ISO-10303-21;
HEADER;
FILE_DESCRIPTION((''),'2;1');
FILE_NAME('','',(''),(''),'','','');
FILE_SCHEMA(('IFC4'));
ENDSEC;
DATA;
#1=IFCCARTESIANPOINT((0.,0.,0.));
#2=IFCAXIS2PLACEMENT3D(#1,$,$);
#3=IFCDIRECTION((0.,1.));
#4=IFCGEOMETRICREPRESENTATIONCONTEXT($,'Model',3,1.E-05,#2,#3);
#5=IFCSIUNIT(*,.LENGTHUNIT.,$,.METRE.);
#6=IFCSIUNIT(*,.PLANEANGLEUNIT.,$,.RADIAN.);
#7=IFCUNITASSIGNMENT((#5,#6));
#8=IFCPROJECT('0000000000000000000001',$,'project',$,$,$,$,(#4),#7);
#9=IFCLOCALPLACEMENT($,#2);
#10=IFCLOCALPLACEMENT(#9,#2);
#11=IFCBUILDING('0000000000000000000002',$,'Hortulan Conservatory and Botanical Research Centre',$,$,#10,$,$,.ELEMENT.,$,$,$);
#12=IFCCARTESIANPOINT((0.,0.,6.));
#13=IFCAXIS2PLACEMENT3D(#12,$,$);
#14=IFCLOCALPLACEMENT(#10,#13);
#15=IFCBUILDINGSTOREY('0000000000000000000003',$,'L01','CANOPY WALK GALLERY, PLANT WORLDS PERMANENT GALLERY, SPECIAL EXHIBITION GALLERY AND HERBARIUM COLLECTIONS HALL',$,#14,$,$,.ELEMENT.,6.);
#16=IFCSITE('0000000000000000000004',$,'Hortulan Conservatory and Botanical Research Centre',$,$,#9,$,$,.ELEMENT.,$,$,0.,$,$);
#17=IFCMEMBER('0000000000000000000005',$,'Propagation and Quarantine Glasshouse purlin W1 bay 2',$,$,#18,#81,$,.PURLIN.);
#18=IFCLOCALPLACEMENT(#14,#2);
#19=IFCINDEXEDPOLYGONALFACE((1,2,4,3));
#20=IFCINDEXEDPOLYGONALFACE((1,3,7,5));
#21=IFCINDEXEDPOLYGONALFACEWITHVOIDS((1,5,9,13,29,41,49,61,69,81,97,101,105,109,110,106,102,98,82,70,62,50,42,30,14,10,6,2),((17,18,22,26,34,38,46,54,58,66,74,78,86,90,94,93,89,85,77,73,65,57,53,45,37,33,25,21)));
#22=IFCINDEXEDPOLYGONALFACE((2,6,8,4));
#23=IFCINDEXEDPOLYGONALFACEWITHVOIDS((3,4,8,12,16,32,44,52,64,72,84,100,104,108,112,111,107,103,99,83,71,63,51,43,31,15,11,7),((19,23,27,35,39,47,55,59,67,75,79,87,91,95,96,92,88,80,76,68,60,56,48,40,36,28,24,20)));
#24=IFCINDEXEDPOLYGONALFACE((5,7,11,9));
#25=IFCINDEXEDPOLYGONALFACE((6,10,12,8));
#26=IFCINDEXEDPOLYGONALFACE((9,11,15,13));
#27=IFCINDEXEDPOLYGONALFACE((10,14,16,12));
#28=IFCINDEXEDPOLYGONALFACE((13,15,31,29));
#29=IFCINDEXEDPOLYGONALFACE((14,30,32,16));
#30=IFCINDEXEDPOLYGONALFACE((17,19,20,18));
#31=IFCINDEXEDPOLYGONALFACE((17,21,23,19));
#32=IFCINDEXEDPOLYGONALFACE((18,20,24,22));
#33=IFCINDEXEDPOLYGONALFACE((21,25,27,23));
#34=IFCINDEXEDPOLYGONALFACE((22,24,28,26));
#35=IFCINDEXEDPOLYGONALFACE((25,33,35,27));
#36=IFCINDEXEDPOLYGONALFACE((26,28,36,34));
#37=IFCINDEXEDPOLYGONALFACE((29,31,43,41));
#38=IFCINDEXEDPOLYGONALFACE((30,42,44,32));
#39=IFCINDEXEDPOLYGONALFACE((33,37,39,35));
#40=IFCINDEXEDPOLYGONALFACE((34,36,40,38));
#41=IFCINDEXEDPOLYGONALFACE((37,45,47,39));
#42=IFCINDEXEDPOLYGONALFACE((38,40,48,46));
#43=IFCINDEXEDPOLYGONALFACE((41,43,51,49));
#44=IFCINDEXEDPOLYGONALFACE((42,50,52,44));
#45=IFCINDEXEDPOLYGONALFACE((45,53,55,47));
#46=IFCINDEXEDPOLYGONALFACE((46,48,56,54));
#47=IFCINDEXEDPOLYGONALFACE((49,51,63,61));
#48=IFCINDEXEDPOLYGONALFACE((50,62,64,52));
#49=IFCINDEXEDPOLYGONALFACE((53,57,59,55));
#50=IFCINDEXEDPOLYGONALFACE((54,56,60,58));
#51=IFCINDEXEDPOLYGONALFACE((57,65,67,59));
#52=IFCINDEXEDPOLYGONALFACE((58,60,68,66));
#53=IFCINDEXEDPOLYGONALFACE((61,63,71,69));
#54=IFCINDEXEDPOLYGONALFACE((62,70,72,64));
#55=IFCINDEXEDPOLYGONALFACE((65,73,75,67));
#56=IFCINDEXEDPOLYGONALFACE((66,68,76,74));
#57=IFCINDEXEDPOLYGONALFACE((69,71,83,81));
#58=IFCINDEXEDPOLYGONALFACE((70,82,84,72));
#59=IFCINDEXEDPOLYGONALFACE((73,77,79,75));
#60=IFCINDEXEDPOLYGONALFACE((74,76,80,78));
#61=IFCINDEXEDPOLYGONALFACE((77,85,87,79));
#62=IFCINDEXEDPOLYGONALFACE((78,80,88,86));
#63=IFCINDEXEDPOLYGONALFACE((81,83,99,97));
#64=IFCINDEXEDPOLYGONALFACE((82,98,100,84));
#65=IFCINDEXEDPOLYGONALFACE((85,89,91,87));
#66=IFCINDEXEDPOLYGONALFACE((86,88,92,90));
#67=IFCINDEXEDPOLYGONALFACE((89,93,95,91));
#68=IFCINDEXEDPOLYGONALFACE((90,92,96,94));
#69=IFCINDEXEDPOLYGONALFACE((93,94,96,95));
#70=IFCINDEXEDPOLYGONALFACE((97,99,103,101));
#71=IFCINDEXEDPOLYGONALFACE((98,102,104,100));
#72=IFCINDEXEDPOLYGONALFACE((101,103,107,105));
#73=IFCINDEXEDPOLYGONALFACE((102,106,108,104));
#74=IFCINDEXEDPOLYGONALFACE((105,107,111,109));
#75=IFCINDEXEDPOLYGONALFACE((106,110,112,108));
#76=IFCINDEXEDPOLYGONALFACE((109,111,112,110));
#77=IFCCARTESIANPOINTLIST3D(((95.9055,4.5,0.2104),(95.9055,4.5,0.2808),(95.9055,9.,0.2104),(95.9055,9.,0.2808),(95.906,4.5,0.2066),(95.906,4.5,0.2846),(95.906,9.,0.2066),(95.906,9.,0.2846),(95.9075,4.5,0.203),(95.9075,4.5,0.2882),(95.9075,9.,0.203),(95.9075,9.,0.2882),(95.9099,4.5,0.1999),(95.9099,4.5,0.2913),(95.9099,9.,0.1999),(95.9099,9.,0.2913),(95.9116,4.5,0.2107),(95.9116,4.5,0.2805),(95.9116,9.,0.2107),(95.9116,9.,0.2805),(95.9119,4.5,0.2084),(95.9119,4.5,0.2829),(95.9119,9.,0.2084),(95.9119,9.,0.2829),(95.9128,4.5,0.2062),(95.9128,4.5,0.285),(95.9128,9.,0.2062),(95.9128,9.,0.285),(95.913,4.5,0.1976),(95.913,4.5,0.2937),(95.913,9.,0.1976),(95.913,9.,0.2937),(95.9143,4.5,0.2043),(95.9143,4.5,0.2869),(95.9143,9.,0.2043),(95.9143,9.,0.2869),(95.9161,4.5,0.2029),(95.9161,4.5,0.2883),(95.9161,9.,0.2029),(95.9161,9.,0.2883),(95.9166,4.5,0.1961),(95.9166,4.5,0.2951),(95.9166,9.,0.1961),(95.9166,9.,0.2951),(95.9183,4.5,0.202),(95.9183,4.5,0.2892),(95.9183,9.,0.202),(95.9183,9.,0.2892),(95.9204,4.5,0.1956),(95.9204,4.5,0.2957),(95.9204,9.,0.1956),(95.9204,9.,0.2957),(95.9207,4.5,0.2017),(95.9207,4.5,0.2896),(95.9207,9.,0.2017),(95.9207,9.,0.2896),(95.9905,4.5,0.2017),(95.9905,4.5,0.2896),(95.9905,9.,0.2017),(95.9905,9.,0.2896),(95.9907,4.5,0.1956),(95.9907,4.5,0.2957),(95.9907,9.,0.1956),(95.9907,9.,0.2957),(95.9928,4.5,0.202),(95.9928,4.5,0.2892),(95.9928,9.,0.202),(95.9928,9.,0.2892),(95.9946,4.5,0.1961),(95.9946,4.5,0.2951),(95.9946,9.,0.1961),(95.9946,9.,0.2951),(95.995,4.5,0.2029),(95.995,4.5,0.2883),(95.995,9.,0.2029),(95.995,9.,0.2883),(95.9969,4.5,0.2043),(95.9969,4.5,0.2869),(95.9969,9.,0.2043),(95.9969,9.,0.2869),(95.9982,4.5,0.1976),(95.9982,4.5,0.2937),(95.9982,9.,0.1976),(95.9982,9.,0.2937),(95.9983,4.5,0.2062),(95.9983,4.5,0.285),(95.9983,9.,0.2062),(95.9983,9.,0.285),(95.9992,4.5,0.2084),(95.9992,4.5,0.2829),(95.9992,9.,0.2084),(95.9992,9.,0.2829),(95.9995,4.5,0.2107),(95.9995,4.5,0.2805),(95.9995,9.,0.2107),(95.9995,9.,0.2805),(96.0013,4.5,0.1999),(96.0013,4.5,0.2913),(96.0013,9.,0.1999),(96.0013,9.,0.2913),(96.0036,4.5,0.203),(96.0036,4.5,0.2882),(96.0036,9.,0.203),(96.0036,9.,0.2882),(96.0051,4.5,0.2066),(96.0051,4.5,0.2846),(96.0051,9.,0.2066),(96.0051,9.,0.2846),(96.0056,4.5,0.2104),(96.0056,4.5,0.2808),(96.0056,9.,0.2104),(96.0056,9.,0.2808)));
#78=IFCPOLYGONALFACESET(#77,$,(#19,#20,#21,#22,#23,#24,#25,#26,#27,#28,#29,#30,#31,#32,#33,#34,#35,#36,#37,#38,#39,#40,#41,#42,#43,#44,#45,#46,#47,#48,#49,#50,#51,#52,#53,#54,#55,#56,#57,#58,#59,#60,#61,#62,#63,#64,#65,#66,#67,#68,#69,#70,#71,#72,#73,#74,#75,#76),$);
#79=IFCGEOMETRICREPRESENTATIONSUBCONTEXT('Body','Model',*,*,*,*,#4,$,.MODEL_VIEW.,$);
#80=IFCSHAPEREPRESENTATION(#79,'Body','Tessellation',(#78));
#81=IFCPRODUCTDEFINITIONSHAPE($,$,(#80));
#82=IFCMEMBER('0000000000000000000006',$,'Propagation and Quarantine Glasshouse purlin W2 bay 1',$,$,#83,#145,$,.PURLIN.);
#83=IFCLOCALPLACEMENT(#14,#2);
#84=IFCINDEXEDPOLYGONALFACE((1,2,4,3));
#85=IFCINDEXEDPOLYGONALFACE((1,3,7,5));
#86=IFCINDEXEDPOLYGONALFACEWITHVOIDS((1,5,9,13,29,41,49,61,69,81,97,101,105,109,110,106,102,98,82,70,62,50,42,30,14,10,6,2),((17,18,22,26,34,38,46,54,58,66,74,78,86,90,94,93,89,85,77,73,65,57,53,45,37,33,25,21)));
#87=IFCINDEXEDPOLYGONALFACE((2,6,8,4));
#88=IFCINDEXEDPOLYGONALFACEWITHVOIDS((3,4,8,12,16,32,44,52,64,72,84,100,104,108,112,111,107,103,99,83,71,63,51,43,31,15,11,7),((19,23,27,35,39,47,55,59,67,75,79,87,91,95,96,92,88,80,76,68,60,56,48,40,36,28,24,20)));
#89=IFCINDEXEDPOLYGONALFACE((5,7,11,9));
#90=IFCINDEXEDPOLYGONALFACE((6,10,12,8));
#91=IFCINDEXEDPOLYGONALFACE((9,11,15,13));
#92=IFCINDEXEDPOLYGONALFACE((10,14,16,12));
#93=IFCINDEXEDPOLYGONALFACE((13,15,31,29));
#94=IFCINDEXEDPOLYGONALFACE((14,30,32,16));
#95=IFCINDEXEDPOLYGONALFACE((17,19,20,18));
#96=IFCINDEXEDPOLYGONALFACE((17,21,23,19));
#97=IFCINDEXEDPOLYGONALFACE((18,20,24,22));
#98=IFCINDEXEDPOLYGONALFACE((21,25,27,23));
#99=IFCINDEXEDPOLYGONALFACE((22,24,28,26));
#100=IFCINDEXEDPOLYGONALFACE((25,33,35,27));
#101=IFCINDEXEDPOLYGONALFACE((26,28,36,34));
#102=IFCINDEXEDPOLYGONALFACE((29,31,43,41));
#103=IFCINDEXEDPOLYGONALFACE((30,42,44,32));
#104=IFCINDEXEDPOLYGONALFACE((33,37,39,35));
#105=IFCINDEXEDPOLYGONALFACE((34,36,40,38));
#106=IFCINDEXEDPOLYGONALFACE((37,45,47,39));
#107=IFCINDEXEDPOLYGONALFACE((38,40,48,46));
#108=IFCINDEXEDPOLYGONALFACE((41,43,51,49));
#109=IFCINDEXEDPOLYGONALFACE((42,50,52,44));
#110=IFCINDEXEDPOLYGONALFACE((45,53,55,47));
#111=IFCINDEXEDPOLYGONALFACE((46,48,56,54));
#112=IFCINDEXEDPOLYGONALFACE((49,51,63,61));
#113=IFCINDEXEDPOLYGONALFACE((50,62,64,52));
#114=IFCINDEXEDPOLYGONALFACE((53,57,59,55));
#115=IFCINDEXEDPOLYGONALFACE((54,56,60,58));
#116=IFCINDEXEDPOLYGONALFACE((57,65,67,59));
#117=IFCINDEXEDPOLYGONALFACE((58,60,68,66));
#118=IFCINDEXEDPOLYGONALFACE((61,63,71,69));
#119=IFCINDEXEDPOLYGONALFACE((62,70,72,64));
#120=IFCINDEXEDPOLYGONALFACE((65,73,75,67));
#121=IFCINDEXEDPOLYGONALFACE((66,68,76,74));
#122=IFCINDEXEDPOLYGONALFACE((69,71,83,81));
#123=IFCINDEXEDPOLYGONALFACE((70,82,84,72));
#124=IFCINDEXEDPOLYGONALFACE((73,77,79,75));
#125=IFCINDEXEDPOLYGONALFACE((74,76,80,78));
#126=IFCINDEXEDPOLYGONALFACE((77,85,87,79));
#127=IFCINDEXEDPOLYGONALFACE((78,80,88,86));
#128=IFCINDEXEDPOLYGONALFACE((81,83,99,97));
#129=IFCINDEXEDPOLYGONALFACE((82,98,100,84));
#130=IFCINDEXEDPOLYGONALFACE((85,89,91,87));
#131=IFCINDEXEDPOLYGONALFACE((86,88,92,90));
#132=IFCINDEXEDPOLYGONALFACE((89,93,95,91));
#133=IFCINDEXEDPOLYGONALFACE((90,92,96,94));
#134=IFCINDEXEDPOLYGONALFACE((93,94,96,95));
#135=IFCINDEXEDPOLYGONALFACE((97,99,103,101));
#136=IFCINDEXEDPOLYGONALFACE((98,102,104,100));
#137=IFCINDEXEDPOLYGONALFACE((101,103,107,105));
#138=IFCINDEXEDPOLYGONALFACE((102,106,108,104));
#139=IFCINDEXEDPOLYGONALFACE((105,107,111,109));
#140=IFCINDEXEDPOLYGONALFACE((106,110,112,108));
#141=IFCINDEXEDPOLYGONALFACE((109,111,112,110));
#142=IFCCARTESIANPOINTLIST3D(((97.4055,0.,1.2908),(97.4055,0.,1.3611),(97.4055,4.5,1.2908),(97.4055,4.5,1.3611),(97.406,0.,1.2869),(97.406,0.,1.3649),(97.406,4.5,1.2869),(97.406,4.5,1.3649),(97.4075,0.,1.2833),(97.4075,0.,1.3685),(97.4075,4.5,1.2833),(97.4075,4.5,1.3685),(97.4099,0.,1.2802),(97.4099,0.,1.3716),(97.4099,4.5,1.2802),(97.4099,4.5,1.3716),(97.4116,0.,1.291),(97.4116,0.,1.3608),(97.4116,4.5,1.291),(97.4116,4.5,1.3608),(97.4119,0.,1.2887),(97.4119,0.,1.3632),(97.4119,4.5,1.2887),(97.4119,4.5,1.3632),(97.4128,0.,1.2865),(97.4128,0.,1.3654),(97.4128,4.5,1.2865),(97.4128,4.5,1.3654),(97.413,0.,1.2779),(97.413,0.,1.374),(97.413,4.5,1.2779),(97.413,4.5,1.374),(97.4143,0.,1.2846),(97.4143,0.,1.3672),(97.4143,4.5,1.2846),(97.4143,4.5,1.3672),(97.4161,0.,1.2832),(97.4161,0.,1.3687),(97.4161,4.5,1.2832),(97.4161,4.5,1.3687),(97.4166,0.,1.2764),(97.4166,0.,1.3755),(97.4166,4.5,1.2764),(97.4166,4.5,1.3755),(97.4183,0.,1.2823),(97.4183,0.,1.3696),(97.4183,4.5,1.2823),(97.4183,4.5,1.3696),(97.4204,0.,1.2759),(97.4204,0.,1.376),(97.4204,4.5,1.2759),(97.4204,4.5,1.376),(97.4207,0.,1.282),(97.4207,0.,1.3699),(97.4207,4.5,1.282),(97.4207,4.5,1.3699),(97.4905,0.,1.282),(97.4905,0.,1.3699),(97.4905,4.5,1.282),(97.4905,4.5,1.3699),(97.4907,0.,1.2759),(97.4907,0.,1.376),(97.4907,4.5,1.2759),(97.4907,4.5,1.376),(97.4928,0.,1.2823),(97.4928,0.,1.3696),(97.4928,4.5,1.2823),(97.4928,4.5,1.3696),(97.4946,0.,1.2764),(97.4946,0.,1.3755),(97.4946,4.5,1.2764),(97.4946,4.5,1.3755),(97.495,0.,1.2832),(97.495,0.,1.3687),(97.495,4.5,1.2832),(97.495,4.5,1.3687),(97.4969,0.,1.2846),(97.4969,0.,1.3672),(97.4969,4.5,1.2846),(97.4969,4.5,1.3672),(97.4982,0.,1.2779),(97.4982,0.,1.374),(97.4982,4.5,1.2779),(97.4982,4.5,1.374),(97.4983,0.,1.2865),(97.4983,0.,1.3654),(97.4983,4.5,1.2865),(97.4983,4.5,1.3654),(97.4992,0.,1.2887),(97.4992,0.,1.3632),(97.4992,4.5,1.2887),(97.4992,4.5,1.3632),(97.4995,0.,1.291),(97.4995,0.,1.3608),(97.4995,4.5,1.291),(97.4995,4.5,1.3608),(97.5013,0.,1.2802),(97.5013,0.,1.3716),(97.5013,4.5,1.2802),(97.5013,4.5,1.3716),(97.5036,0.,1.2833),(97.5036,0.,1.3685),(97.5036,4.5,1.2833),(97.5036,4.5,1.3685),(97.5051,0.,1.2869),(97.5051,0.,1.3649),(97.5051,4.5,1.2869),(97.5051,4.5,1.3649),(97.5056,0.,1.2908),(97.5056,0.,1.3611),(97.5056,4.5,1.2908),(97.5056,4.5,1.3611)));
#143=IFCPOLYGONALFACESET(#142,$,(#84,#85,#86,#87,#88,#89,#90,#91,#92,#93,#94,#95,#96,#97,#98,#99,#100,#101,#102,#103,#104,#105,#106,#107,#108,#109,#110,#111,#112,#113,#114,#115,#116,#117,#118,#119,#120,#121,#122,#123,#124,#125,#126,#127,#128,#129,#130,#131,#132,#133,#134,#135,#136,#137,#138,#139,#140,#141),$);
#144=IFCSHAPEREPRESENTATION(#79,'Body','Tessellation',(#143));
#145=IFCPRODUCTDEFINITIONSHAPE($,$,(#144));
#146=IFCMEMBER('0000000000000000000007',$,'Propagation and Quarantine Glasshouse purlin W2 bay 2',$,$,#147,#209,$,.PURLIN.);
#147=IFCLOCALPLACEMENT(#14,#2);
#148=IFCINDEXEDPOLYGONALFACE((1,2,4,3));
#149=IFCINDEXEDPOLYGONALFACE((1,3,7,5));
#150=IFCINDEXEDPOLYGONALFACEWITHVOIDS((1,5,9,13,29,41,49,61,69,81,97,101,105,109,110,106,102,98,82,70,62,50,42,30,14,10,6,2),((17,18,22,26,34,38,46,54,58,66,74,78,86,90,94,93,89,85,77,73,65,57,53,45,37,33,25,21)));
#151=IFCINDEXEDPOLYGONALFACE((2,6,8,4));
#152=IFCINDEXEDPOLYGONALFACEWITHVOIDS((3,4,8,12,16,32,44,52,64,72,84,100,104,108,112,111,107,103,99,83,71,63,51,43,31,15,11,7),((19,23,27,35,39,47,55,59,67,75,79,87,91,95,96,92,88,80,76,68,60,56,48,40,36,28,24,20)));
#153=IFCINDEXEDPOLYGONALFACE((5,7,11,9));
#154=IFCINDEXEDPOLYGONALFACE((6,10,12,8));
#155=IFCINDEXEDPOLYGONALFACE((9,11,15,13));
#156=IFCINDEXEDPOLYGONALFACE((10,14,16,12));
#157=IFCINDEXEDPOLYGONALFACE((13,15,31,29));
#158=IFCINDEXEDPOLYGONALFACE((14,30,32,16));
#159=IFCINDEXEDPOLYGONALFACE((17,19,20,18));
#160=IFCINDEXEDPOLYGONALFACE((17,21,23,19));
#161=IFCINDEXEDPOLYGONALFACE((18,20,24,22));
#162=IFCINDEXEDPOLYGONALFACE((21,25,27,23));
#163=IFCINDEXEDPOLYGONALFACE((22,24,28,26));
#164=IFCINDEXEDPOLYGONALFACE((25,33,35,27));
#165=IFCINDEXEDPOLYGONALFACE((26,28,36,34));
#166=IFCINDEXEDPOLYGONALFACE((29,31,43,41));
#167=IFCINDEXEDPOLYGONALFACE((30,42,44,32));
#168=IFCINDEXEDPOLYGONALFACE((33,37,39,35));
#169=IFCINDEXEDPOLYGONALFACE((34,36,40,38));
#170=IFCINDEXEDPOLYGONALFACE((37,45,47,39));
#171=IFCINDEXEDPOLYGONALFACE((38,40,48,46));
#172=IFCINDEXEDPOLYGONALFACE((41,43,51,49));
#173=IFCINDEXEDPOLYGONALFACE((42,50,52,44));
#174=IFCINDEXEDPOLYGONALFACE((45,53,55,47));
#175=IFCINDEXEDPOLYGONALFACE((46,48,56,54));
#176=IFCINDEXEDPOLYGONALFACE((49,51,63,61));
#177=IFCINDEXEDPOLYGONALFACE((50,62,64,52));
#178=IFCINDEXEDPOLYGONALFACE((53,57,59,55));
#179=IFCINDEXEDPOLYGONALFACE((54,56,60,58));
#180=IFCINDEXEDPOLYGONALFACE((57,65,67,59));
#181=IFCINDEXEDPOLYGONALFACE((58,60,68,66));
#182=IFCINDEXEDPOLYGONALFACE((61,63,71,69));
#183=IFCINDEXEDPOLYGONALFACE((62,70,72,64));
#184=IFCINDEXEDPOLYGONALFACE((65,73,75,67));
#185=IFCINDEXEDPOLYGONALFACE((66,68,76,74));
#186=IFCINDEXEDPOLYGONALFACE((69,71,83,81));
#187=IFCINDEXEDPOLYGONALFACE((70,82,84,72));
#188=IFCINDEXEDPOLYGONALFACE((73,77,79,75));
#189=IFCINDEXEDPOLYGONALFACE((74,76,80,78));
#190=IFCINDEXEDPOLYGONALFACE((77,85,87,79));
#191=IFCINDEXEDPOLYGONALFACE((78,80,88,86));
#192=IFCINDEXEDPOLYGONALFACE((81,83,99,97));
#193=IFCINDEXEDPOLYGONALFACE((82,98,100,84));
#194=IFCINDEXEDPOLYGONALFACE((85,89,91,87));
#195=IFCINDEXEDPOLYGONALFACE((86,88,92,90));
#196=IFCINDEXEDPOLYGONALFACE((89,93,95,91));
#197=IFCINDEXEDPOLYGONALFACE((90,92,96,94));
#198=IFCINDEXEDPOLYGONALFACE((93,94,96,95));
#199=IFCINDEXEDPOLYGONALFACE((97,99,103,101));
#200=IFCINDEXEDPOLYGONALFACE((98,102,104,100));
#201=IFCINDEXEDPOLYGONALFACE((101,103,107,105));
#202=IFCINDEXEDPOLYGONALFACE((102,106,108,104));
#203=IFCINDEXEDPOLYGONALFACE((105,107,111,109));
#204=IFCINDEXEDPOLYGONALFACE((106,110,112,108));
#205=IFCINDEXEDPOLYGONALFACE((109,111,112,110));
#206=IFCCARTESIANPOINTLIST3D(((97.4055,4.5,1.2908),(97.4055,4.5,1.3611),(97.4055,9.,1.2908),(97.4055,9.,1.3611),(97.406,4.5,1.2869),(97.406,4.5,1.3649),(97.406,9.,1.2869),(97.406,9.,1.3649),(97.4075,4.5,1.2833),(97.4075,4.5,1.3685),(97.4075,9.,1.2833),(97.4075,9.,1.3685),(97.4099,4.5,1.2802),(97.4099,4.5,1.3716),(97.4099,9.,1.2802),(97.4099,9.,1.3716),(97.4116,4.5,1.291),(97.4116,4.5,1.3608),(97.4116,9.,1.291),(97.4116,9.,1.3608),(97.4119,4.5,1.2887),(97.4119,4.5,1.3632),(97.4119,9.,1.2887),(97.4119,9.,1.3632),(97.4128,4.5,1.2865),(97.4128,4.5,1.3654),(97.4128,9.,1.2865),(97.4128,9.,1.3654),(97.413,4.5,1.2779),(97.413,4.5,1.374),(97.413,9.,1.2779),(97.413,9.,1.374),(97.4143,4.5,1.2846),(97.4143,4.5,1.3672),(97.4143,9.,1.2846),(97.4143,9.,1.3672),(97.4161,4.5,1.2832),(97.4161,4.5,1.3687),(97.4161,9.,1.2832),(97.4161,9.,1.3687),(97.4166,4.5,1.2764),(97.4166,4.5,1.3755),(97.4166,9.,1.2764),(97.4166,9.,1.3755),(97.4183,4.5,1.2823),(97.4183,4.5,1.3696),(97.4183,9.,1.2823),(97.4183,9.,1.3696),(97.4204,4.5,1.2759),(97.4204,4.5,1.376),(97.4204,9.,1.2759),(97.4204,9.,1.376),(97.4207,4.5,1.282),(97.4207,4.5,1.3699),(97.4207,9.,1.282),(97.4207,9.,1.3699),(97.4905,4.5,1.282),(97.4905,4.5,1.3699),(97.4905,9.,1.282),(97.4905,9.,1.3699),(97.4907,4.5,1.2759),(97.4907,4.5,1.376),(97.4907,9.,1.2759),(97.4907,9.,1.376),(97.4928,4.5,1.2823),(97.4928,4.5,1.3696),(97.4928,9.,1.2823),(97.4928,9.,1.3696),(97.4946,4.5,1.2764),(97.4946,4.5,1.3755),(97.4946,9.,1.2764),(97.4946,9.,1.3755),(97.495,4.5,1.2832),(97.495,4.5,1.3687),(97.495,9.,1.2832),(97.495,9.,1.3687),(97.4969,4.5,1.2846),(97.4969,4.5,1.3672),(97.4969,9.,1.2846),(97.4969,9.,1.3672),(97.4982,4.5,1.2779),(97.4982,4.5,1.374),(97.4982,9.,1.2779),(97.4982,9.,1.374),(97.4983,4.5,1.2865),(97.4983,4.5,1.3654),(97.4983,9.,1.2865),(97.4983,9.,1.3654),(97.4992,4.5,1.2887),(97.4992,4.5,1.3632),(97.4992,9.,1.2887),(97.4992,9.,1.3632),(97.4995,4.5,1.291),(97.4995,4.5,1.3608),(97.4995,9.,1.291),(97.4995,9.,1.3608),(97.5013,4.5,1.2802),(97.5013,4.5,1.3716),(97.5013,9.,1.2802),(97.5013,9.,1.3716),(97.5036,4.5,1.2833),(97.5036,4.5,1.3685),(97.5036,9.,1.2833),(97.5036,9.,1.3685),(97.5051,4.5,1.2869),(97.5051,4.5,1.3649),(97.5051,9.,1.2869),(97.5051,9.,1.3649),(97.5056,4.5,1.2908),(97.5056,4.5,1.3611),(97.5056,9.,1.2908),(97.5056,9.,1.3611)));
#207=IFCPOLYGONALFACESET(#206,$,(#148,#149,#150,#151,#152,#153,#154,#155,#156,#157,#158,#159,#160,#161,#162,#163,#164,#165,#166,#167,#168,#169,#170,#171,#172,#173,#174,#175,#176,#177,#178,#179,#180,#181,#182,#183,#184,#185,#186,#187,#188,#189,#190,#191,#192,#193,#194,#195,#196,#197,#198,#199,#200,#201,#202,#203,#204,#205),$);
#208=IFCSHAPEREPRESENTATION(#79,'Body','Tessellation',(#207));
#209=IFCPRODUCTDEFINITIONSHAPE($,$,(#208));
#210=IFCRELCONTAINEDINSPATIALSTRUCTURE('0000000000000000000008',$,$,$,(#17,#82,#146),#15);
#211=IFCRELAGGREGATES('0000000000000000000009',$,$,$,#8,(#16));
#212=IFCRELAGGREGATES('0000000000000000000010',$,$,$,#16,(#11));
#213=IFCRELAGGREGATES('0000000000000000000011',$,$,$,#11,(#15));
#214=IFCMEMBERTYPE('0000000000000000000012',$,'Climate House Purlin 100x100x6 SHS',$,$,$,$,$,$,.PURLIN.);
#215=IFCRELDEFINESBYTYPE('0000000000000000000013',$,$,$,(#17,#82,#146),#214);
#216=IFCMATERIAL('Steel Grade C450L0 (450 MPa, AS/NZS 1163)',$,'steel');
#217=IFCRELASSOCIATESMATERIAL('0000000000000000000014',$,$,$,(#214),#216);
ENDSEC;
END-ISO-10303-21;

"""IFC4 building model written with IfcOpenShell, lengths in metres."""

from ifc_helpers import new_model, si_unit, direction, frame, origin, origin_2d, place, context, subcontext, project, spatial, hollow_rectangle, extrude, material, material_profile, profile_set, type_object, element, save


model = new_model("IFC4")

# Units and contexts
model_context = context("Model", 3, precision=1e-05, world=origin(), true_north=direction((0.0, 1.0)))
body_context = subcontext(model_context, "Body", "Model", "MODEL_VIEW")
ifc_project = project(units=[si_unit("LENGTHUNIT", "METRE"), si_unit("PLANEANGLEUNIT", "RADIAN")], contexts=[model_context])

# Site, building, storey
site_placement = place(None, origin())
site = spatial("IfcSite", under=ifc_project, at=site_placement, Name="Hortulan Conservatory and Botanical Research Centre", CompositionType="ELEMENT", RefElevation=0.0)
building_placement = place(site_placement, origin())
building = spatial("IfcBuilding", under=site, at=building_placement, Name="Hortulan Conservatory and Botanical Research Centre", CompositionType="ELEMENT")
storey_placement = place(building_placement, frame((0.0, 0.0, 6.0)))
storey = spatial("IfcBuildingStorey", under=building, at=storey_placement, Name="L01", Description="CANOPY WALK GALLERY, PLANT WORLDS PERMANENT GALLERY, SPECIAL EXHIBITION GALLERY AND HERBARIUM COLLECTIONS HALL", CompositionType="ELEMENT", Elevation=6.0)

# Members
ifc_material_1 = material(Name="Steel Grade C450L0 (450 MPa, AS/NZS 1163)", Category="steel")
ifc_material_profile_1 = material_profile(ifc_material_1, hollow_rectangle(XDim=0.1001, YDim=0.1001, WallThickness=0.0061, InnerFilletRadius=0.009, OuterFilletRadius=0.0149, at=origin_2d()), Name="100x100x6SHS")
ifc_profile_set_1 = profile_set([ifc_material_profile_1], Name="Steel Grade C450L0 (450 MPa, AS/NZS 1163)")
member_type_1 = type_object("IfcMemberType", Name="Climate House Purlin 100x100x6 SHS", PredefinedType="PURLIN", material=ifc_profile_set_1)
for number, where, z_axis, x_axis, name in (
    (1, (95.9556, 4.5, 0.2456), (0.0, 1.0, 0.0), (-1.0, 0.0, 0.0), "Propagation and Quarantine Glasshouse purlin W1 bay 2"),
    (2, (97.4556, 0.0, 1.3259), (0.0, 1.0, 0.0), (-1.0, 0.0, 0.0), "Propagation and Quarantine Glasshouse purlin W2 bay 1"),
    (3, (97.4556, 4.5, 1.3259), (0.0, 1.0, 0.0), (-1.0, 0.0, 0.0), "Propagation and Quarantine Glasshouse purlin W2 bay 2"),
):
    element("IfcMember", number, at=place(storey_placement, frame(where, z_axis=z_axis, x_axis=x_axis)), inside=storey, type_object=member_type_1, Name=name, PredefinedType="PURLIN", context=body_context, shape_type="SweptSolid", body=[
        extrude(hollow_rectangle(XDim=0.1001, YDim=0.1001, WallThickness=0.0061, InnerFilletRadius=0.009, OuterFilletRadius=0.0149, at=origin_2d()), origin(), (0.0, 0.0, 1.0), 4.5),
    ])

save(model, "model.ifc")
